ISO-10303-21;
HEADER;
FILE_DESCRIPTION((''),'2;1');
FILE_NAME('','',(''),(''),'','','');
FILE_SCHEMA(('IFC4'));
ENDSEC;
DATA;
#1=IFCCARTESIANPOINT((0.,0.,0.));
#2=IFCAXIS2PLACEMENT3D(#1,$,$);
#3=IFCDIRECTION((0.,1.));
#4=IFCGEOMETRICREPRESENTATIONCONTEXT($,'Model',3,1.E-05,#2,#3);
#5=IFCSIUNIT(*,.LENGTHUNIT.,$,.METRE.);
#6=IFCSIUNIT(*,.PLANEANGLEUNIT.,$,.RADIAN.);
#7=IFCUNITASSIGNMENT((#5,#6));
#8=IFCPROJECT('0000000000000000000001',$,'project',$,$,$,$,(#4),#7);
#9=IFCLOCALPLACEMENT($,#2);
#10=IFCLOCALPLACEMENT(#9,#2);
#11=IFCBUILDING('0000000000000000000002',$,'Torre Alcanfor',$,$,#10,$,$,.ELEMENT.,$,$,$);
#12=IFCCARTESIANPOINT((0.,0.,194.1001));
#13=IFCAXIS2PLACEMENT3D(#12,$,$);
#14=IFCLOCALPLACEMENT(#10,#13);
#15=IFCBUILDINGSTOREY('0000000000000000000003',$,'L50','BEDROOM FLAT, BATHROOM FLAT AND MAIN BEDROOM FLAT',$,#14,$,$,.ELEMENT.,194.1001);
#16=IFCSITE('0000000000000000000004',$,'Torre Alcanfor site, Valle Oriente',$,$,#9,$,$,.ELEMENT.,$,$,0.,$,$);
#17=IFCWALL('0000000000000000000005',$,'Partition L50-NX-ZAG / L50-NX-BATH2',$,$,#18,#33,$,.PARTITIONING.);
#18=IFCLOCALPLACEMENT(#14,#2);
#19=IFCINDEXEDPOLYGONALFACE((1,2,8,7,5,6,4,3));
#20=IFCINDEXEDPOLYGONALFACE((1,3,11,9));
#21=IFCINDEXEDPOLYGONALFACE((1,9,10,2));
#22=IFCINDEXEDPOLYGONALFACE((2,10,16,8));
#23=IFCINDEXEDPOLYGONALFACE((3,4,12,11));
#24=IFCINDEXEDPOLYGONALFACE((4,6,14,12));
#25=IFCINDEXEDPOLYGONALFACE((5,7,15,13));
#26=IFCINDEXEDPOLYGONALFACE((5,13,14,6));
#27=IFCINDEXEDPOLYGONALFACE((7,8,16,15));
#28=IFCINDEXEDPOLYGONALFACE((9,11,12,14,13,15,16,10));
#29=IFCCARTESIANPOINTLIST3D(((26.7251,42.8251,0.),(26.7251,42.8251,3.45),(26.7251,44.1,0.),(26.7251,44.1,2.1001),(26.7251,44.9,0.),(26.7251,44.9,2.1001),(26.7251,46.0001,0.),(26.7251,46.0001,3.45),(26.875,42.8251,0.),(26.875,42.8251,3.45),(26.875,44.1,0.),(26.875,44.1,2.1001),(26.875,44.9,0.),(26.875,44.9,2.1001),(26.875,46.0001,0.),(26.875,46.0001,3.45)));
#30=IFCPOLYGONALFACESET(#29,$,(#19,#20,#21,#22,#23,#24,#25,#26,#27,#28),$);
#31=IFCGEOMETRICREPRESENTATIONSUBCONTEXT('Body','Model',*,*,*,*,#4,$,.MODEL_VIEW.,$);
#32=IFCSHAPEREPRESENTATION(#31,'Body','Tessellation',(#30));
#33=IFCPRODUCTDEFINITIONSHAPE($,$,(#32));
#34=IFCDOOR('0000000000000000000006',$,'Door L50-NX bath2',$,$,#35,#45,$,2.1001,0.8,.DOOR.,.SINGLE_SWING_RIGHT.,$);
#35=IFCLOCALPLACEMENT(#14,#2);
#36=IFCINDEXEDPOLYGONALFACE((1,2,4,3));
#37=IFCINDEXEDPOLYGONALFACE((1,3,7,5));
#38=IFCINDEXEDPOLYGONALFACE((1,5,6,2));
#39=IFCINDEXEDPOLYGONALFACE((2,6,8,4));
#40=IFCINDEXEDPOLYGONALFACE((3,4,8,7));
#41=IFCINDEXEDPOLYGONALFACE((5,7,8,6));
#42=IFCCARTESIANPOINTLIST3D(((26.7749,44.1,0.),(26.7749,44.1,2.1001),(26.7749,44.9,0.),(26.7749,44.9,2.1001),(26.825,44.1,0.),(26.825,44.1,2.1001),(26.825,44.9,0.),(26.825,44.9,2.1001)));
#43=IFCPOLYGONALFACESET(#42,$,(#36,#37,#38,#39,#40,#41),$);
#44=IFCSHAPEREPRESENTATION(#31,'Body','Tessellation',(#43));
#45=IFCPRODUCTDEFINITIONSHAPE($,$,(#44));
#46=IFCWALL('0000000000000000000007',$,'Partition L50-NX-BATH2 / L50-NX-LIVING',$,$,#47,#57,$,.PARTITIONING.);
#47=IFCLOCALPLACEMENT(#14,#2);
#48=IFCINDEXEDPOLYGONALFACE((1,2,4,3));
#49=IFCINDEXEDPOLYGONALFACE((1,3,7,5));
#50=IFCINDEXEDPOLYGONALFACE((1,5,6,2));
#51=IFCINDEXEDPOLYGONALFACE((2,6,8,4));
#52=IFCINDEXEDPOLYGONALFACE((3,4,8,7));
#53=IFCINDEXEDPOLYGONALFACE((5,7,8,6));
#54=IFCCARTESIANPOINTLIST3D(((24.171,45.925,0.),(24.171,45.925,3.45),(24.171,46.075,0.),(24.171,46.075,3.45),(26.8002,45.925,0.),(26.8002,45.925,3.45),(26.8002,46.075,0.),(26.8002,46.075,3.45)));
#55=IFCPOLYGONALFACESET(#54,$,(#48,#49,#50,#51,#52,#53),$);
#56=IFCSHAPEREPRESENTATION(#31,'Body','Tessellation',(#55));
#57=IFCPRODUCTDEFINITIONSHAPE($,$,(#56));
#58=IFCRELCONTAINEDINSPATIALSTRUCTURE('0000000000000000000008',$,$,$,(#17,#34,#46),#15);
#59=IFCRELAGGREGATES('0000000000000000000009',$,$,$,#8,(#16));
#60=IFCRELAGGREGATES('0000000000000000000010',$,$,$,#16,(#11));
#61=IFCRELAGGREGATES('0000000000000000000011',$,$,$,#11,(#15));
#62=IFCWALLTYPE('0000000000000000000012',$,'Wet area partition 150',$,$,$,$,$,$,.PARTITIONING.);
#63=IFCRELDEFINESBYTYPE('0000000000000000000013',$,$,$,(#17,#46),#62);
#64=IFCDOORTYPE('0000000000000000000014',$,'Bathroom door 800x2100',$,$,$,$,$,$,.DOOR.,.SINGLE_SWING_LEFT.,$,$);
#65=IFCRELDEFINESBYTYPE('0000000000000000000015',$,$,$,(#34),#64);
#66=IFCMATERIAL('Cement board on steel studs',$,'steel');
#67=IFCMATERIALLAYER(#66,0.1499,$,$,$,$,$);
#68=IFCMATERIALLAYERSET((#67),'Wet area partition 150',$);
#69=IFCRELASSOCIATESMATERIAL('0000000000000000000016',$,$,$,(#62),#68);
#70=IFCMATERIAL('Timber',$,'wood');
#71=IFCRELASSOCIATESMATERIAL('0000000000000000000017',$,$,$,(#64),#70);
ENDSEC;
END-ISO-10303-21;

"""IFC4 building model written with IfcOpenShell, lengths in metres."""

from ifc_helpers import new_model, si_unit, direction, frame, frame_2d, origin, place, context, subcontext, project, spatial, rectangle, extrude, material, layer, layer_set, type_object, element, fill, save


model = new_model("IFC4")

# Units and contexts
model_context = context("Model", 3, precision=1e-05, world=origin(), true_north=direction((0.0, 1.0)))
body_context = subcontext(model_context, "Body", "Model", "MODEL_VIEW")
ifc_project = project(units=[si_unit("LENGTHUNIT", "METRE"), si_unit("PLANEANGLEUNIT", "RADIAN")], contexts=[model_context])

# Site, building, storey
site_placement = place(None, origin())
site = spatial("IfcSite", under=ifc_project, at=site_placement, Name="Torre Alcanfor site, Valle Oriente", CompositionType="ELEMENT", RefElevation=0.0)
building_placement = place(site_placement, origin())
building = spatial("IfcBuilding", under=site, at=building_placement, Name="Torre Alcanfor", CompositionType="ELEMENT")
storey_placement = place(building_placement, frame((0.0, 0.0, 194.1001)))
storey = spatial("IfcBuildingStorey", under=building, at=storey_placement, Name="L50", Description="BEDROOM FLAT, BATHROOM FLAT AND MAIN BEDROOM FLAT", CompositionType="ELEMENT", Elevation=194.1001)

# Wall, opening, door
ifc_material_1 = material(Name="Cement board on steel studs", Category="steel")
ifc_layer_1 = layer(ifc_material_1, 0.1499)
ifc_layer_set_1 = layer_set([ifc_layer_1], Name="Wet area partition 150")
wall_type_1 = type_object("IfcWallType", Name="Wet area partition 150", PredefinedType="PARTITIONING", material=ifc_layer_set_1)
wall_1_placement = place(storey_placement, frame((26.8, 46.0, 0.0), z_axis=(0.0, 0.0, 1.0), x_axis=(0.0, -1.0, 0.0)))
wall_1 = element("IfcWall", 1, at=wall_1_placement, inside=storey, type_object=wall_type_1, Name="Partition L50-NX-ZAG / L50-NX-BATH2", PredefinedType="PARTITIONING", context=body_context, shape_type="SweptSolid", body=[
    extrude(rectangle(XDim=3.175, YDim=0.1499, at=frame_2d((1.5874, 0.0))), origin(), (0.0, 0.0, 1.0), 3.45),
])
opening_1_placement = place(wall_1_placement, frame((1.1001, 0.0, 0.0)))
opening_1 = element("IfcOpeningElement", 2, at=opening_1_placement, cuts=wall_1, PredefinedType="OPENING", context=body_context, shape_type="SweptSolid", body=[
    extrude(rectangle(XDim=0.8, YDim=2.1001, at=frame_2d((0.3999, 1.05))), frame((0.0, 0.085, 0.0), z_axis=(0.0, -1.0, 0.0), x_axis=(1.0, 0.0, 0.0)), (0.0, 0.0, 1.0), 0.1699),
])
ifc_material_2 = material(Name="Timber", Category="wood")
door_type_1 = type_object("IfcDoorType", Name="Bathroom door 800x2100", OperationType="SINGLE_SWING_LEFT", PredefinedType="DOOR", material=ifc_material_2)
door_1_placement = place(opening_1_placement, frame((0.8, 0.0, 0.0), z_axis=(0.0, 0.0, 1.0), x_axis=(-1.0, 0.0, 0.0)))
door_1 = element("IfcDoor", 3, at=door_1_placement, inside=storey, type_object=door_type_1, Name="Door L50-NX bath2", OperationType="SINGLE_SWING_RIGHT", OverallHeight=2.1001, OverallWidth=0.8, PredefinedType="DOOR", context=body_context, shape_type="SweptSolid", body=[
    extrude(rectangle(XDim=0.8, YDim=2.1001, at=frame_2d((0.4001, 1.05))), frame((0.0, 0.0251, 0.0), z_axis=(0.0, -1.0, 0.0), x_axis=(1.0, 0.0, 0.0)), (0.0, 0.0, 1.0), 0.05),
])
fill(opening_1, door_1)

# Wall
wall_2_placement = place(storey_placement, frame((26.8, 46.0, 0.0), z_axis=(0.0, 0.0, 1.0), x_axis=(-1.0, 0.0, 0.0)))
element("IfcWall", 4, at=wall_2_placement, inside=storey, type_object=wall_type_1, Name="Partition L50-NX-BATH2 / L50-NX-LIVING", PredefinedType="PARTITIONING", context=body_context, shape_type="SweptSolid", body=[
    extrude(rectangle(XDim=2.6292, YDim=0.1499, at=frame_2d((1.3145, 0.0))), origin(), (0.0, 0.0, 1.0), 3.45),
])

save(model, "model.ifc")
